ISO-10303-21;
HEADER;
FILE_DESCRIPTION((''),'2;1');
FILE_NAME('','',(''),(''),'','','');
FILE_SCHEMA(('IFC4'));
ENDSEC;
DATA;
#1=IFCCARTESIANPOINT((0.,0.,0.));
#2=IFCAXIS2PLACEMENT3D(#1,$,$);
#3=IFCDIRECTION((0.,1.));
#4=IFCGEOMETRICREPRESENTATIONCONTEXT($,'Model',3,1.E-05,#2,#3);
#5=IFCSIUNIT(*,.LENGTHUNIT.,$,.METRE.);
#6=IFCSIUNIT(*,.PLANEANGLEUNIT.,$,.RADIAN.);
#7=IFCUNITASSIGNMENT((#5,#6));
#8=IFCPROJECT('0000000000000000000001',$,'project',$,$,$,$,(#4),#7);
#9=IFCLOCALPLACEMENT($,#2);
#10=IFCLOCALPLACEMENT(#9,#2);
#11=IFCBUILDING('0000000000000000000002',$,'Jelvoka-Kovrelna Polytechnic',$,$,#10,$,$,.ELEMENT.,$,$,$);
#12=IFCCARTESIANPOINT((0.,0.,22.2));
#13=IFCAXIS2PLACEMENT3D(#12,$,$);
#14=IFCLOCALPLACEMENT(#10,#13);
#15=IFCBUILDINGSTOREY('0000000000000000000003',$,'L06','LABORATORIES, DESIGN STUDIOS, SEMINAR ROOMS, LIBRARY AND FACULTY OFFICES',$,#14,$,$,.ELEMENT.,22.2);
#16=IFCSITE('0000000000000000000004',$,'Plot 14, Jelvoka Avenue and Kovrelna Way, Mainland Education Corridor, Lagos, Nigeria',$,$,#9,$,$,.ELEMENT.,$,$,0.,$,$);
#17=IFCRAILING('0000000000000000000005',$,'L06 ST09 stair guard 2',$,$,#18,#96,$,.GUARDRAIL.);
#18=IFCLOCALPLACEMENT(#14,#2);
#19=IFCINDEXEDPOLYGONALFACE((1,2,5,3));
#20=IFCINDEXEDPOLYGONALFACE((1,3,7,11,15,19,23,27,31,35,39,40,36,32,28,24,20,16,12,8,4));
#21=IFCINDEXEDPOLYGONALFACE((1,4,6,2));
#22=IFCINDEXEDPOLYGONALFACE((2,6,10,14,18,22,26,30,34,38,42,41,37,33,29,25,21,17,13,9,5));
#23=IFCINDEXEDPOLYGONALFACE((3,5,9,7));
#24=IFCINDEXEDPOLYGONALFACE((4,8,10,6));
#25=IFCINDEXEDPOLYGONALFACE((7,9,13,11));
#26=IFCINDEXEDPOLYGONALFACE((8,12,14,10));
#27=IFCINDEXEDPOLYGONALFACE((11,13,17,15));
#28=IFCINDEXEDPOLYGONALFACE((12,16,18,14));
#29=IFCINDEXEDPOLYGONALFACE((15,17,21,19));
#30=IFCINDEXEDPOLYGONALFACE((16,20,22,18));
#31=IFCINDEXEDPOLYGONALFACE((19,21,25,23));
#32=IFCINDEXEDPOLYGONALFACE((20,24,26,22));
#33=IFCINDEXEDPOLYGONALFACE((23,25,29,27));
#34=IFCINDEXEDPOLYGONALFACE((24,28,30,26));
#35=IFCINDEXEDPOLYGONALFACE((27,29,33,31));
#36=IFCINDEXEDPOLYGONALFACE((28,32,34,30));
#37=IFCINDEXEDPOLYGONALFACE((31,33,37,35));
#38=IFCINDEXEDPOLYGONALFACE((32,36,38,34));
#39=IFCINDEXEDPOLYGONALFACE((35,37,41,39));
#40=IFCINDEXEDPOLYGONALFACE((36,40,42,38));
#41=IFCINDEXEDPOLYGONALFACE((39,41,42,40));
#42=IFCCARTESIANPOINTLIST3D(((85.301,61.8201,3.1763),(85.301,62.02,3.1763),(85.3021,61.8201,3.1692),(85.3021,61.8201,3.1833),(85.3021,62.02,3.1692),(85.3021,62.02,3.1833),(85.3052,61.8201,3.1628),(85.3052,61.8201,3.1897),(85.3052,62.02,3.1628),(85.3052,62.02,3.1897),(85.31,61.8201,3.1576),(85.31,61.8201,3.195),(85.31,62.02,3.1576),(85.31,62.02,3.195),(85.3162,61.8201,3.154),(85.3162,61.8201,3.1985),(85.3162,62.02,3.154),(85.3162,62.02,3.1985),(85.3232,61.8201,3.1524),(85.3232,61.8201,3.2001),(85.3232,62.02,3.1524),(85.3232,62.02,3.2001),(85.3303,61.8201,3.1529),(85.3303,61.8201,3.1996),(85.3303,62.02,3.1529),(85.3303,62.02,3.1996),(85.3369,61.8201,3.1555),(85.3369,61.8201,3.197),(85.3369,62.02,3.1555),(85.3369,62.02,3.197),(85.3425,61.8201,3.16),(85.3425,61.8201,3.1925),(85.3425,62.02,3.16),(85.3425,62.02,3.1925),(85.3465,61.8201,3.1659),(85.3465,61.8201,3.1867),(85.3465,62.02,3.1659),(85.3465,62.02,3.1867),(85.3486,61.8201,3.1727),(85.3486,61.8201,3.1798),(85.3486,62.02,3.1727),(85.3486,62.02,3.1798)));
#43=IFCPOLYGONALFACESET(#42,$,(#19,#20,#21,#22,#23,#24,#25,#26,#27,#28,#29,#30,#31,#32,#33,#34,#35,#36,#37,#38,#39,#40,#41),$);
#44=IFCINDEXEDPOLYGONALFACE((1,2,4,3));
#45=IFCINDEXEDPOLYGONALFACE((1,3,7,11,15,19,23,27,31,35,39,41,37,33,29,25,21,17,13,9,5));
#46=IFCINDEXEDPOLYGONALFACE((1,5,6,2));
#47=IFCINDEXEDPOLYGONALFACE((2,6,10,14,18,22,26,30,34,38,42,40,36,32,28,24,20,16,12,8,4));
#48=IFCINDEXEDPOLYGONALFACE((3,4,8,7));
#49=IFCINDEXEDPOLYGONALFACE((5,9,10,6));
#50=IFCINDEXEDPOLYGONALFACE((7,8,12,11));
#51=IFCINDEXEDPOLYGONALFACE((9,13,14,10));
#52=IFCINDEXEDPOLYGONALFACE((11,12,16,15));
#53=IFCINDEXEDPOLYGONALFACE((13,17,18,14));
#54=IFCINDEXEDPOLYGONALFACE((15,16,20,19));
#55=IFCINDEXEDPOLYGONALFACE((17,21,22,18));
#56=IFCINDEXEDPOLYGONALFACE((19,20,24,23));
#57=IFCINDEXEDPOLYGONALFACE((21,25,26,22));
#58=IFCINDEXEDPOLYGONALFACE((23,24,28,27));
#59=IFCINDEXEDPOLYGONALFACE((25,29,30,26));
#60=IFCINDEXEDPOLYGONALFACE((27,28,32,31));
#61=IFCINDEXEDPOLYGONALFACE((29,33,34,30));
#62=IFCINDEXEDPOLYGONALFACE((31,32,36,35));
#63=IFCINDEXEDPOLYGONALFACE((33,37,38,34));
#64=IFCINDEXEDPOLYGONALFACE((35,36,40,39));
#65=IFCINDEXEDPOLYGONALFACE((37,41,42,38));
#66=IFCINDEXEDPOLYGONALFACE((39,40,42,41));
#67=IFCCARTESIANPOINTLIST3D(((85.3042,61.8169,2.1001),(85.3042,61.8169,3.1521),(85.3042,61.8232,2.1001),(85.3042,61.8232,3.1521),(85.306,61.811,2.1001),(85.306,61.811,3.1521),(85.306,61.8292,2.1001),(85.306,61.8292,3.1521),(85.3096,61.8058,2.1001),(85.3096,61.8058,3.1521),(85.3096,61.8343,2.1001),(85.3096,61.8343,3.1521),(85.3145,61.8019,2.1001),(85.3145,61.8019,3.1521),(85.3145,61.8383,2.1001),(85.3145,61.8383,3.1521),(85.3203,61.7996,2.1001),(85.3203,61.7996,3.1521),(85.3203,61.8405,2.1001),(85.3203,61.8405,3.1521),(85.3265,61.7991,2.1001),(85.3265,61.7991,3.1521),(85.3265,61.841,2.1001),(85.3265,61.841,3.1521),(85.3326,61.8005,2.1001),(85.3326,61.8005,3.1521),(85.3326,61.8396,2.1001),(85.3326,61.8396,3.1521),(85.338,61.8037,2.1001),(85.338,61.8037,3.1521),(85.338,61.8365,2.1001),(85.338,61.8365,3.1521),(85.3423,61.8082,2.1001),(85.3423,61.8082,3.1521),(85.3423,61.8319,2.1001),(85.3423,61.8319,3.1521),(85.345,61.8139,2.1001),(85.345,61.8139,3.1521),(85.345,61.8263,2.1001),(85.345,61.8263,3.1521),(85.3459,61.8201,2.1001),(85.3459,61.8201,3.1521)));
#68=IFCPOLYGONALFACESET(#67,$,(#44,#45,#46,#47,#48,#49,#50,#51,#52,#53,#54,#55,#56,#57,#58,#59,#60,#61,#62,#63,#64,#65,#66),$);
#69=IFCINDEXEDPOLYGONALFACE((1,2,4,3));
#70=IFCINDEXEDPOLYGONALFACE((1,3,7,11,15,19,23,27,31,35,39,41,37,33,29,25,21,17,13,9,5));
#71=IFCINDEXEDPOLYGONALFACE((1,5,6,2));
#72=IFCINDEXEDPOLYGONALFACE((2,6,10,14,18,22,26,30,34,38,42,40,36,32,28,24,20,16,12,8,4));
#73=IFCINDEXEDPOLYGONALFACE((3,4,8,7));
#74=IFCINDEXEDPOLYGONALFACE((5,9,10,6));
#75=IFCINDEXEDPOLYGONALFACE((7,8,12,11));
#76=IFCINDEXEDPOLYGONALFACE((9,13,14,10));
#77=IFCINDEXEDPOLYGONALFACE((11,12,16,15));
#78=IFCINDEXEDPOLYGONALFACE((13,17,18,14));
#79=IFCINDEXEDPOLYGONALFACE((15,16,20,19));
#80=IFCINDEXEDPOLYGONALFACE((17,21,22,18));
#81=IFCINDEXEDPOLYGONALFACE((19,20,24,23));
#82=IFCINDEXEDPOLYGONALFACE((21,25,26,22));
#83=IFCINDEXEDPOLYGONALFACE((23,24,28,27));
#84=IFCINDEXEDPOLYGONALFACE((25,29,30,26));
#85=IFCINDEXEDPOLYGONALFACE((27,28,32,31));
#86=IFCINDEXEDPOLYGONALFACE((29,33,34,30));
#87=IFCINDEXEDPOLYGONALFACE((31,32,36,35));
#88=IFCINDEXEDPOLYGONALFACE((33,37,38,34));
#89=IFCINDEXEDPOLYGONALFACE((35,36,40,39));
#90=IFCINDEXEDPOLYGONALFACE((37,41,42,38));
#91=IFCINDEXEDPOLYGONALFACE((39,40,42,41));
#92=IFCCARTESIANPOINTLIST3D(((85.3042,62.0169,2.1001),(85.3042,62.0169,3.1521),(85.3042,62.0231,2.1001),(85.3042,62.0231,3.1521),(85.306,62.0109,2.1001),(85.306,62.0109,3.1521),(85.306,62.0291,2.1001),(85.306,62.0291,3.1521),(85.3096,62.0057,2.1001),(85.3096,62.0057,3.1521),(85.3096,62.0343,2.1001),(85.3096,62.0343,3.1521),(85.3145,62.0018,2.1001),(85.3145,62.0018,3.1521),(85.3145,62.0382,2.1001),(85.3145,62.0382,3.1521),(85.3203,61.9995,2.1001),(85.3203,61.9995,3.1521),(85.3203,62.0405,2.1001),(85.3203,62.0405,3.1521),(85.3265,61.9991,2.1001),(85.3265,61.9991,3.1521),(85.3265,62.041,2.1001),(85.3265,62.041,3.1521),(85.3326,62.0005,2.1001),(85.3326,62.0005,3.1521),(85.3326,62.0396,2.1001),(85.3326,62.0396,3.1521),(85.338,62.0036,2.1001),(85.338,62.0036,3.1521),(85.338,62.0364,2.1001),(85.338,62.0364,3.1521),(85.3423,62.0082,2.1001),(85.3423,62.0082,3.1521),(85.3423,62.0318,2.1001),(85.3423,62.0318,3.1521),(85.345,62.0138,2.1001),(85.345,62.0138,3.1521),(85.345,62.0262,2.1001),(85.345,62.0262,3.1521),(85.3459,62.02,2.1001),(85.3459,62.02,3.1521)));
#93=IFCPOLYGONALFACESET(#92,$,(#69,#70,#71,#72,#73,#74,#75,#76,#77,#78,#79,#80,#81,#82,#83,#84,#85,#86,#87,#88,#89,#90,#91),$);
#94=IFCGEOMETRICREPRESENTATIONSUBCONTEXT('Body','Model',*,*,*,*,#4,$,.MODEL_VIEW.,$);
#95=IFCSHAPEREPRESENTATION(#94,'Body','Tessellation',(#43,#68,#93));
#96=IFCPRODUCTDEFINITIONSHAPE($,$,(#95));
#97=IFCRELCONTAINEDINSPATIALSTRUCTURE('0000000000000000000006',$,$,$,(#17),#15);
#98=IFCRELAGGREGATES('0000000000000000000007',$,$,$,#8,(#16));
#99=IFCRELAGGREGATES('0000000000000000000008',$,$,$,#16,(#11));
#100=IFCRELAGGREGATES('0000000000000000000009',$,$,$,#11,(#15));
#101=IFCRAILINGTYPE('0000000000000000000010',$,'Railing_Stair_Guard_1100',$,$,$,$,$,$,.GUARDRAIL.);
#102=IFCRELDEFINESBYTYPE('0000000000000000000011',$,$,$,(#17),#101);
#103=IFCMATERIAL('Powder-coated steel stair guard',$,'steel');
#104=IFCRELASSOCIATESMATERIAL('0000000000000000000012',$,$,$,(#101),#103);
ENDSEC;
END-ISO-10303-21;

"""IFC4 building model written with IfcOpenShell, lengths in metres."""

from ifc_helpers import new_model, si_unit, direction, frame, origin, origin_2d, place, context, subcontext, project, spatial, circle, extrude, material, type_object, element, save


model = new_model("IFC4")

# Units and contexts
model_context = context("Model", 3, precision=1e-05, world=origin(), true_north=direction((0.0, 1.0)))
body_context = subcontext(model_context, "Body", "Model", "MODEL_VIEW")
ifc_project = project(units=[si_unit("LENGTHUNIT", "METRE"), si_unit("PLANEANGLEUNIT", "RADIAN")], contexts=[model_context])

# Site, building, storey
site_placement = place(None, origin())
site = spatial("IfcSite", under=ifc_project, at=site_placement, Name="Plot 14, Jelvoka Avenue and Kovrelna Way, Mainland Education Corridor, Lagos, Nigeria", CompositionType="ELEMENT", RefElevation=0.0)
building_placement = place(site_placement, origin())
building = spatial("IfcBuilding", under=site, at=building_placement, Name="Jelvoka-Kovrelna Polytechnic", CompositionType="ELEMENT")
storey_placement = place(building_placement, frame((0.0, 0.0, 22.2)))
storey = spatial("IfcBuildingStorey", under=building, at=storey_placement, Name="L06", Description="LABORATORIES, DESIGN STUDIOS, SEMINAR ROOMS, LIBRARY AND FACULTY OFFICES", CompositionType="ELEMENT", Elevation=22.2)

# Railing
ifc_material_1 = material(Name="Powder-coated steel stair guard", Category="steel")
railing_type_1 = type_object("IfcRailingType", Name="Railing_Stair_Guard_1100", PredefinedType="GUARDRAIL", material=ifc_material_1)
railing_1_placement = place(storey_placement, frame((85.325, 61.8201, 2.1001)))
element("IfcRailing", 1, at=railing_1_placement, inside=storey, type_object=railing_type_1, Name="L06 ST09 stair guard 2", PredefinedType="GUARDRAIL", context=body_context, shape_type="SweptSolid", body=[
    extrude(circle(Radius=0.0239, at=origin_2d()), frame((0.0, 0.0, 1.0762), z_axis=(0.0, 1.0, 0.0), x_axis=(-1.0, 0.0, 0.0)), (0.0, 0.0, 1.0), 0.2),
    extrude(circle(Radius=0.021, at=origin_2d()), origin(), (0.0, 0.0, 1.0), 1.052),
    extrude(circle(Radius=0.021, at=origin_2d()), frame((0.0, 0.2, 0.0)), (0.0, 0.0, 1.0), 1.052),
])

save(model, "model.ifc")
